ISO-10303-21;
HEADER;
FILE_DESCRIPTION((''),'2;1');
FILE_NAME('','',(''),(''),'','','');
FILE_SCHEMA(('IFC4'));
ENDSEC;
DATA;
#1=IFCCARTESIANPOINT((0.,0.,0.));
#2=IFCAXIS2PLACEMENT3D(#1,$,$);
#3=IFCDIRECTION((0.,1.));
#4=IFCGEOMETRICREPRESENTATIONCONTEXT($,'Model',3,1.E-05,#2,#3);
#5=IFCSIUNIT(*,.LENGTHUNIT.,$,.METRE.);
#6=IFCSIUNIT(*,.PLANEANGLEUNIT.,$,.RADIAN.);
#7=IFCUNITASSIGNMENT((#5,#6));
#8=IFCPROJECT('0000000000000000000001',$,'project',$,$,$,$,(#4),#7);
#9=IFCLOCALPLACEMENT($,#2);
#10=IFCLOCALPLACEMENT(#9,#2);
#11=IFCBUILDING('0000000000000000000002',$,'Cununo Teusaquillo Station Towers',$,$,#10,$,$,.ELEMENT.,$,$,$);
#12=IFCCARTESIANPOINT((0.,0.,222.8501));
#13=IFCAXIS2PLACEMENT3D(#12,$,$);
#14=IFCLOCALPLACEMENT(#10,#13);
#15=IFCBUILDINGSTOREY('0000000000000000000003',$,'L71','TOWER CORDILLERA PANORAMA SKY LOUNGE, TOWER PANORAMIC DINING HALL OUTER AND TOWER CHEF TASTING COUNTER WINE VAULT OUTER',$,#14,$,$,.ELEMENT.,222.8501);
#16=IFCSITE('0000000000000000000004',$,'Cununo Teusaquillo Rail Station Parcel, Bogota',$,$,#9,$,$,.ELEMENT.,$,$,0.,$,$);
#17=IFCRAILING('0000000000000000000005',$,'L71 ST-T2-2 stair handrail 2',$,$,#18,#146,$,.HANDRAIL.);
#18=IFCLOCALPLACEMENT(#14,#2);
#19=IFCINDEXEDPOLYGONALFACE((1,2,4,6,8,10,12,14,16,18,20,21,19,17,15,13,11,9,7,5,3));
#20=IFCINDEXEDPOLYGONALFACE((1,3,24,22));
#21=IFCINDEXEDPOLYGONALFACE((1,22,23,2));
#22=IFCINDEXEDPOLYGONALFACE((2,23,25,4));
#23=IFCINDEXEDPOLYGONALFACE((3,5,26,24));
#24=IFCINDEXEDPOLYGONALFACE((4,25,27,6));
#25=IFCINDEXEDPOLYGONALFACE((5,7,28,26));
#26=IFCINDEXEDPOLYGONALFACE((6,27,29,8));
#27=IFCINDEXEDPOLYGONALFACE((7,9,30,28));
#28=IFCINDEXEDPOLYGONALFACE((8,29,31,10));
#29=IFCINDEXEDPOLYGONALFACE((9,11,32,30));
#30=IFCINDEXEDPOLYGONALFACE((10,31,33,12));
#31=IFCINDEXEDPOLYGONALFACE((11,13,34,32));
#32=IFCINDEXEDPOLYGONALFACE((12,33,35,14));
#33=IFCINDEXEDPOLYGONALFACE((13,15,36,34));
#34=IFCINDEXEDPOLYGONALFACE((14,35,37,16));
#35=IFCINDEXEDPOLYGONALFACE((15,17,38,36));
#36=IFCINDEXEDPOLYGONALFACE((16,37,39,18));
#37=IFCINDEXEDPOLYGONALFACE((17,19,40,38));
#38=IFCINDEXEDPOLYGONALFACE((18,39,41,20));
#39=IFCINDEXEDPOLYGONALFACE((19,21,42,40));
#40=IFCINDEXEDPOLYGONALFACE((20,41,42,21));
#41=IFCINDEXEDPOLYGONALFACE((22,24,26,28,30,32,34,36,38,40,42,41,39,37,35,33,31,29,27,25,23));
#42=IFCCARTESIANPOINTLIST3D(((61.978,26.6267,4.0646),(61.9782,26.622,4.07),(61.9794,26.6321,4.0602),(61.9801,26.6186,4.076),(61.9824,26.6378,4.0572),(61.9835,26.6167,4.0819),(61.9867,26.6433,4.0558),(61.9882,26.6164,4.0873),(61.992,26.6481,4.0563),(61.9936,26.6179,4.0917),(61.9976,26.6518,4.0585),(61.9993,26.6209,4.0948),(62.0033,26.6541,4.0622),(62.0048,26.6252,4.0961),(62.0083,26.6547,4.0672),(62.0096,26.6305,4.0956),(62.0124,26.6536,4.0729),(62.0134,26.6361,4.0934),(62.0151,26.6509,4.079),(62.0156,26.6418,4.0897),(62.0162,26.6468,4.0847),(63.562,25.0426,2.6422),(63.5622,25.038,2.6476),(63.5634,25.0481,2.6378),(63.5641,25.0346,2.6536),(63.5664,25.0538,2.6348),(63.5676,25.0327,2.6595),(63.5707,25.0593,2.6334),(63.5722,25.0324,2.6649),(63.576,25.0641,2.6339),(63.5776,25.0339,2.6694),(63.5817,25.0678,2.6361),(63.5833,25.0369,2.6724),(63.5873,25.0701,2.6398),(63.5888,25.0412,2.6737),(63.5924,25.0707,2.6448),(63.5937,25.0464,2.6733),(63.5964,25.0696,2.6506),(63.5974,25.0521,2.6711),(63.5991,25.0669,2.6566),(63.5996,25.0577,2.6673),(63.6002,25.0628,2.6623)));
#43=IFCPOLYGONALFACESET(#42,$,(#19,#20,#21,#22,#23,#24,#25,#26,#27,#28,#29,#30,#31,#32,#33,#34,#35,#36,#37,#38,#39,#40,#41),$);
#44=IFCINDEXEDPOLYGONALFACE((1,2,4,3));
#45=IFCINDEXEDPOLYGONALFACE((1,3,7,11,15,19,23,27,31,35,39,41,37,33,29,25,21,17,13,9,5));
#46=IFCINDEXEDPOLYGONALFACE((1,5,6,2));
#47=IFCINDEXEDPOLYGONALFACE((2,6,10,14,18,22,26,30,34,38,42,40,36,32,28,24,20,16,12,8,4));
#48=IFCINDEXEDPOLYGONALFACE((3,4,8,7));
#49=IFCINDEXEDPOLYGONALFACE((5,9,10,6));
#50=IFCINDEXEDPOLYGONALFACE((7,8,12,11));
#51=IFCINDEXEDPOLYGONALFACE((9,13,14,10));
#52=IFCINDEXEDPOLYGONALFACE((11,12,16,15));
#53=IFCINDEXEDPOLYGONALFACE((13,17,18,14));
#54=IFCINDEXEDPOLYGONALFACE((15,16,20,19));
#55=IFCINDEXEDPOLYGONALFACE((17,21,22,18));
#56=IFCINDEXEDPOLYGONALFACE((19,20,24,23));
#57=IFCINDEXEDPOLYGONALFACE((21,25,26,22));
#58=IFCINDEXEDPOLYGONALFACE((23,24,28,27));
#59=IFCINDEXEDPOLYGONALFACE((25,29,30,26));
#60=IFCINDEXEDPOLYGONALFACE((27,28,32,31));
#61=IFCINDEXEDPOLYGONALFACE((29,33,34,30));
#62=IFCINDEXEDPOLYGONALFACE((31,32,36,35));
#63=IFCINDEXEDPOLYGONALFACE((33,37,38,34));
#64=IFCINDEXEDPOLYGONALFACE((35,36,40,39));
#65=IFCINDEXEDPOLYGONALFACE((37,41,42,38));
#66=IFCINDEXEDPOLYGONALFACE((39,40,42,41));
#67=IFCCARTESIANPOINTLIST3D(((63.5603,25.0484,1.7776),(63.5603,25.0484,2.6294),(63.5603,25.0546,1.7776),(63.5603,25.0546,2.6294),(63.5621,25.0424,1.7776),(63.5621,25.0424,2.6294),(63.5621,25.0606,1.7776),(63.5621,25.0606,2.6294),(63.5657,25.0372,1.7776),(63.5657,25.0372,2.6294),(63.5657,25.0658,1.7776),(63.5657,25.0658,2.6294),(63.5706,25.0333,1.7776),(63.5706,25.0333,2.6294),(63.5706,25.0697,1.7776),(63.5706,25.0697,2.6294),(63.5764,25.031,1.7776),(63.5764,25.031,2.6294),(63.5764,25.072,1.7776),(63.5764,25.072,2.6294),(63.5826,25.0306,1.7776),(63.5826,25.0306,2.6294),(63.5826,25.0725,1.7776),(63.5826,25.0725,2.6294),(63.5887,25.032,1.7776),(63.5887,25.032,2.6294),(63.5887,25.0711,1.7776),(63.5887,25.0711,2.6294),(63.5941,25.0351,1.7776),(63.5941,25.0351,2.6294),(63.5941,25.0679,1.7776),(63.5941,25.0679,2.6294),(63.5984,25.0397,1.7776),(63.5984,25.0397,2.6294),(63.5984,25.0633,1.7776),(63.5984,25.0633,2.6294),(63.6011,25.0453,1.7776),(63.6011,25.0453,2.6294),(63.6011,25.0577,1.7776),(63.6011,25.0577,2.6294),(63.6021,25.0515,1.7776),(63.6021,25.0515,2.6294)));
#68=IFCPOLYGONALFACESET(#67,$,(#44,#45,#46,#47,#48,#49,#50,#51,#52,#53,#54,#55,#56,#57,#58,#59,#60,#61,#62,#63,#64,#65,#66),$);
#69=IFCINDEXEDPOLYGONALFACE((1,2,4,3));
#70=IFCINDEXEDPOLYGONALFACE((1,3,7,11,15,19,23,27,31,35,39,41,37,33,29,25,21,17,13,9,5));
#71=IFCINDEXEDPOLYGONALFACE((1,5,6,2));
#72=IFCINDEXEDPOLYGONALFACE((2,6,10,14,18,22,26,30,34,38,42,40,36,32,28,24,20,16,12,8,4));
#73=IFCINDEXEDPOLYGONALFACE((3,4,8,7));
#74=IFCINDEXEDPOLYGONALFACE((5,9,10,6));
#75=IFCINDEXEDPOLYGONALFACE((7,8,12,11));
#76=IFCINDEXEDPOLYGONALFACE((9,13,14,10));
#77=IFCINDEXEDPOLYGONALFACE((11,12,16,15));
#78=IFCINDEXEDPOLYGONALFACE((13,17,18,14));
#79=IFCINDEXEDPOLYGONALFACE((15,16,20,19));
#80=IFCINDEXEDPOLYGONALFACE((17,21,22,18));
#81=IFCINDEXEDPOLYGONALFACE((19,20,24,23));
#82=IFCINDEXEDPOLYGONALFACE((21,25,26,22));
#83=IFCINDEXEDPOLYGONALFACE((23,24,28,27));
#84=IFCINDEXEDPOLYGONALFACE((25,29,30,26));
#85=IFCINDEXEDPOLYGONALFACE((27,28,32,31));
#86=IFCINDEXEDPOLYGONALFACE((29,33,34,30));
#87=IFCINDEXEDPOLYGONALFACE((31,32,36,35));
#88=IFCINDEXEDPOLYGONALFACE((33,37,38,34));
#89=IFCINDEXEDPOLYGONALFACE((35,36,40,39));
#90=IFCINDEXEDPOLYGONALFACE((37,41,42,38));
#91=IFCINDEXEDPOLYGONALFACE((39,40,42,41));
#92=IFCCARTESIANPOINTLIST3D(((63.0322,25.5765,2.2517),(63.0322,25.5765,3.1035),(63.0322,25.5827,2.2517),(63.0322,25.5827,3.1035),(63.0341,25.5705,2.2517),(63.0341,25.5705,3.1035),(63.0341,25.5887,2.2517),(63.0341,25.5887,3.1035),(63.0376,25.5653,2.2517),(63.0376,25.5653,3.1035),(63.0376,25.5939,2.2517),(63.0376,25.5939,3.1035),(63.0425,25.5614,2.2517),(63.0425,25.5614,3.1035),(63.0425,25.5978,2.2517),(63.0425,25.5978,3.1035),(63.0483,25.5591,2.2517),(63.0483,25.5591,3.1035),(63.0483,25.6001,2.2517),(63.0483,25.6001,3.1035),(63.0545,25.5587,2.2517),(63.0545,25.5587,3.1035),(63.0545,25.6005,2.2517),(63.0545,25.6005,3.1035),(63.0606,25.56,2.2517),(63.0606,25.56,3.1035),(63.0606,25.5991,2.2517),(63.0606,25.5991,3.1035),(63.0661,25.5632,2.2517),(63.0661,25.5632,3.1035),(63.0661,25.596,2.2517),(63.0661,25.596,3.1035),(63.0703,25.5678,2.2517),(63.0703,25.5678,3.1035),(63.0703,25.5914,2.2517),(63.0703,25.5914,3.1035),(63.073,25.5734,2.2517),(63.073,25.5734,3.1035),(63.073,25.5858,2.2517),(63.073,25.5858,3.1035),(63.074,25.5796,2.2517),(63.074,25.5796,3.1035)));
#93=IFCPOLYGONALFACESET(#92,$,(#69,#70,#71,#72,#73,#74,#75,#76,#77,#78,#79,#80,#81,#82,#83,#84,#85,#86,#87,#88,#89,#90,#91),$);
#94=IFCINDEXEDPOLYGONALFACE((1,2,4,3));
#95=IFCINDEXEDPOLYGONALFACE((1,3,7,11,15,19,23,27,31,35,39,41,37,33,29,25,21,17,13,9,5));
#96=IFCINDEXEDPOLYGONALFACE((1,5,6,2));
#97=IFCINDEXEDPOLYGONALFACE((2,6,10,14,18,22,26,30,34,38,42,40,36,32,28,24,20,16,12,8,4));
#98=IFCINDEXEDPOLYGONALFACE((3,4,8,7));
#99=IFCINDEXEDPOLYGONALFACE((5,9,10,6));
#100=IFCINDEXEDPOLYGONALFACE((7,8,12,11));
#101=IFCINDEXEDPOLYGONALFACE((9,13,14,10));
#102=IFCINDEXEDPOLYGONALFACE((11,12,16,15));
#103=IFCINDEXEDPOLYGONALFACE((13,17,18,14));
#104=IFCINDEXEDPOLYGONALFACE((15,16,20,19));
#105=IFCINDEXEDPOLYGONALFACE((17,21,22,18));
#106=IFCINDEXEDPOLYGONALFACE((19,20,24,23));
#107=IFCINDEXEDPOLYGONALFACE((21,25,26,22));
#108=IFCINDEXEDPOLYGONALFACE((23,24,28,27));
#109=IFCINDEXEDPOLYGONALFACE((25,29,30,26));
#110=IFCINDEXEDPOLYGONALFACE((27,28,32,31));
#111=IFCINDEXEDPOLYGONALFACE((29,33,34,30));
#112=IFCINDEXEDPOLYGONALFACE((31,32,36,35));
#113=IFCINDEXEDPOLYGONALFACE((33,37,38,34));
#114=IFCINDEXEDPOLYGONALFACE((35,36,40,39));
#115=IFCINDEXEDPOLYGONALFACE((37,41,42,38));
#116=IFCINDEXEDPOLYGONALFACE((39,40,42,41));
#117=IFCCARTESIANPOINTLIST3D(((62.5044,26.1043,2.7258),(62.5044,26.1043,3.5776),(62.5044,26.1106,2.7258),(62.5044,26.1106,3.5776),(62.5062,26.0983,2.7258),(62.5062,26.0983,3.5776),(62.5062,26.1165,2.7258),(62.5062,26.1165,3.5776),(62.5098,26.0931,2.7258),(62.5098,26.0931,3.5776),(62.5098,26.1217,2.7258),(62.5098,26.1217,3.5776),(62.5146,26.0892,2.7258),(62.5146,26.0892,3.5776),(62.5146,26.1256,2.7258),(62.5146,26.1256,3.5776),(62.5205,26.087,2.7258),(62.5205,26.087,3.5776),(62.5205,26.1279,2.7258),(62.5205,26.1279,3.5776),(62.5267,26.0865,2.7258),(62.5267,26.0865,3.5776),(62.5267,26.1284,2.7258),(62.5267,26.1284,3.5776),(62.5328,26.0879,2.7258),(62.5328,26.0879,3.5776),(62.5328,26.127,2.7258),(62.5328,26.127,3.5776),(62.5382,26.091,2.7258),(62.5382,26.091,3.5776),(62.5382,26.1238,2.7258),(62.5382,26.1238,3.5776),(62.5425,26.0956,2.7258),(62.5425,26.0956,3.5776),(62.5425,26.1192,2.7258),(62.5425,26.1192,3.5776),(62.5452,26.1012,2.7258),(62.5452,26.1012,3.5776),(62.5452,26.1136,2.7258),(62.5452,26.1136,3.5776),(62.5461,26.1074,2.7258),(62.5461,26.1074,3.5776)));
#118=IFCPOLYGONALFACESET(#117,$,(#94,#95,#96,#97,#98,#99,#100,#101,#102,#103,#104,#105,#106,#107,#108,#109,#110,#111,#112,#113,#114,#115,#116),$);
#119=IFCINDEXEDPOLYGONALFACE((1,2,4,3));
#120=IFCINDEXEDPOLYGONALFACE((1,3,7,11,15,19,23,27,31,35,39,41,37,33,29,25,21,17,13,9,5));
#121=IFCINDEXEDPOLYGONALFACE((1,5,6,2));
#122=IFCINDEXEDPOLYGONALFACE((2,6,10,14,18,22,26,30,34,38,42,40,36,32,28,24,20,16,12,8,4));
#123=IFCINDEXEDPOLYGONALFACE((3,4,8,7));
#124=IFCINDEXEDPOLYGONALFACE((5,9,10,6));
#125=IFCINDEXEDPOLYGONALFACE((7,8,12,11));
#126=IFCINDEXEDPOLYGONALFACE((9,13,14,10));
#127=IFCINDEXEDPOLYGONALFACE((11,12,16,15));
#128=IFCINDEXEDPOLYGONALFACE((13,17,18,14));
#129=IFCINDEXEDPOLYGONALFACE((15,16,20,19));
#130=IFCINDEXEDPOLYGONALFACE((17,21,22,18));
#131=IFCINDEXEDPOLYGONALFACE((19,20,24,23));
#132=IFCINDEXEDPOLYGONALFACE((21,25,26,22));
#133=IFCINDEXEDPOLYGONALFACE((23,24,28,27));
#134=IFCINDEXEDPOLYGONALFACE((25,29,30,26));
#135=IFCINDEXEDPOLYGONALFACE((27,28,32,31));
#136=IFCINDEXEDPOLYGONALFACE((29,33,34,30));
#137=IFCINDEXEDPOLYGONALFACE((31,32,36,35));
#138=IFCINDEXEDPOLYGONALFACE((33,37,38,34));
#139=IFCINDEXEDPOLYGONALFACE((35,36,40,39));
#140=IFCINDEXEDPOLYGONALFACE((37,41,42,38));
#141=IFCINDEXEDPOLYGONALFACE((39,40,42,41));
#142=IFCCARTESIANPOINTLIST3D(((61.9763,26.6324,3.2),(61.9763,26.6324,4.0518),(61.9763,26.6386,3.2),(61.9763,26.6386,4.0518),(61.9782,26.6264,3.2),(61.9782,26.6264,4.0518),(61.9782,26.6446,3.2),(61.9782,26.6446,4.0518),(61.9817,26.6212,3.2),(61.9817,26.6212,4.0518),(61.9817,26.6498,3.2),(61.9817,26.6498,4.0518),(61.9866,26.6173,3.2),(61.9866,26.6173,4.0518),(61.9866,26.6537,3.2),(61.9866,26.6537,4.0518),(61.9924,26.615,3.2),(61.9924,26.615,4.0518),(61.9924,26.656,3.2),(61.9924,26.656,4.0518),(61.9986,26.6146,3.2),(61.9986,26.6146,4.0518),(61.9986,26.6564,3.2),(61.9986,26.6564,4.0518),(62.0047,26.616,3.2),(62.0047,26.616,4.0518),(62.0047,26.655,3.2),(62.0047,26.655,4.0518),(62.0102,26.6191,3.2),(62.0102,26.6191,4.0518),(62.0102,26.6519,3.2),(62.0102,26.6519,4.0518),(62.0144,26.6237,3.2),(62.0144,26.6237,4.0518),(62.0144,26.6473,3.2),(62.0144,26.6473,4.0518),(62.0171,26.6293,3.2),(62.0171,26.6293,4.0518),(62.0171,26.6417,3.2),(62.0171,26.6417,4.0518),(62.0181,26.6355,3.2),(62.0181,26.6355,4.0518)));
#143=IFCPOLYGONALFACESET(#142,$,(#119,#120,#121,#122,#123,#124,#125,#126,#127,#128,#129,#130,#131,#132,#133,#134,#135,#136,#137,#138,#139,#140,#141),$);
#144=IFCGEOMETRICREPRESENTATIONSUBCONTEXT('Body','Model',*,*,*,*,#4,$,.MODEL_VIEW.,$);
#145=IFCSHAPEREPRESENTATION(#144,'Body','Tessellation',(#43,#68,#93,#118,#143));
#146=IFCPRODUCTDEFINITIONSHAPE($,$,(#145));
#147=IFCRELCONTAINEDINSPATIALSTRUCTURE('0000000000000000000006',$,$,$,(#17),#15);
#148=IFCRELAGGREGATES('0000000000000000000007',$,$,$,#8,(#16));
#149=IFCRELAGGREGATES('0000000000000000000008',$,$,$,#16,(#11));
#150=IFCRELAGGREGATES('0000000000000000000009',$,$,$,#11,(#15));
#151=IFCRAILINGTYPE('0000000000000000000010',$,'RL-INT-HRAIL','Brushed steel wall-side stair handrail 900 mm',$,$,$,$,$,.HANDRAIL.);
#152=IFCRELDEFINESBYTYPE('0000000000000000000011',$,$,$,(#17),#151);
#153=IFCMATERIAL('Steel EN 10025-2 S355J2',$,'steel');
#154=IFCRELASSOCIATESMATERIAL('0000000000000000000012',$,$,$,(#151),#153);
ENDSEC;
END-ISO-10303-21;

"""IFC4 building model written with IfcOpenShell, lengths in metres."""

from ifc_helpers import new_model, si_unit, direction, frame, origin, origin_2d, place, context, subcontext, project, spatial, circle, extrude, material, type_object, element, save


model = new_model("IFC4")

# Units and contexts
model_context = context("Model", 3, precision=1e-05, world=origin(), true_north=direction((0.0, 1.0)))
body_context = subcontext(model_context, "Body", "Model", "MODEL_VIEW")
ifc_project = project(units=[si_unit("LENGTHUNIT", "METRE"), si_unit("PLANEANGLEUNIT", "RADIAN")], contexts=[model_context])

# Site, building, storey
site_placement = place(None, origin())
site = spatial("IfcSite", under=ifc_project, at=site_placement, Name="Cununo Teusaquillo Rail Station Parcel, Bogota", CompositionType="ELEMENT", RefElevation=0.0)
building_placement = place(site_placement, origin())
building = spatial("IfcBuilding", under=site, at=building_placement, Name="Cununo Teusaquillo Station Towers", CompositionType="ELEMENT")
storey_placement = place(building_placement, frame((0.0, 0.0, 222.8501)))
storey = spatial("IfcBuildingStorey", under=building, at=storey_placement, Name="L71", Description="TOWER CORDILLERA PANORAMA SKY LOUNGE, TOWER PANORAMIC DINING HALL OUTER AND TOWER CHEF TASTING COUNTER WINE VAULT OUTER", CompositionType="ELEMENT", Elevation=222.8501)

# Railing
ifc_material_1 = material(Name="Steel EN 10025-2 S355J2", Category="steel")
railing_type_1 = type_object("IfcRailingType", Name="RL-INT-HRAIL", Description="Brushed steel wall-side stair handrail 900 mm", PredefinedType="HANDRAIL", material=ifc_material_1)
railing_1_placement = place(storey_placement, frame((63.5811, 25.0515, 1.7776)))
element("IfcRailing", 1, at=railing_1_placement, inside=storey, type_object=railing_type_1, Name="L71 ST-T2-2 stair handrail 2", PredefinedType="HANDRAIL", context=body_context, shape_type="SweptSolid", body=[
    extrude(circle(Radius=0.0239, at=origin_2d()), frame((0.0, 0.0, 0.876), z_axis=(-0.596939, 0.596939, 0.53603), x_axis=(-0.707107, -0.707107, 0.0)), (0.0, 0.0, 1.0), 2.6536),
    extrude(circle(Radius=0.021, at=origin_2d()), origin(), (0.0, 0.0, 1.0), 0.8518),
    extrude(circle(Radius=0.021, at=origin_2d()), frame((-0.5281, 0.5281, 0.4741)), (0.0, 0.0, 1.0), 0.8518),
    extrude(circle(Radius=0.021, at=origin_2d()), frame((-1.0559, 1.0559, 0.9482)), (0.0, 0.0, 1.0), 0.8518),
    extrude(circle(Radius=0.021, at=origin_2d()), frame((-1.584, 1.584, 1.4224)), (0.0, 0.0, 1.0), 0.8518),
])

save(model, "model.ifc")
